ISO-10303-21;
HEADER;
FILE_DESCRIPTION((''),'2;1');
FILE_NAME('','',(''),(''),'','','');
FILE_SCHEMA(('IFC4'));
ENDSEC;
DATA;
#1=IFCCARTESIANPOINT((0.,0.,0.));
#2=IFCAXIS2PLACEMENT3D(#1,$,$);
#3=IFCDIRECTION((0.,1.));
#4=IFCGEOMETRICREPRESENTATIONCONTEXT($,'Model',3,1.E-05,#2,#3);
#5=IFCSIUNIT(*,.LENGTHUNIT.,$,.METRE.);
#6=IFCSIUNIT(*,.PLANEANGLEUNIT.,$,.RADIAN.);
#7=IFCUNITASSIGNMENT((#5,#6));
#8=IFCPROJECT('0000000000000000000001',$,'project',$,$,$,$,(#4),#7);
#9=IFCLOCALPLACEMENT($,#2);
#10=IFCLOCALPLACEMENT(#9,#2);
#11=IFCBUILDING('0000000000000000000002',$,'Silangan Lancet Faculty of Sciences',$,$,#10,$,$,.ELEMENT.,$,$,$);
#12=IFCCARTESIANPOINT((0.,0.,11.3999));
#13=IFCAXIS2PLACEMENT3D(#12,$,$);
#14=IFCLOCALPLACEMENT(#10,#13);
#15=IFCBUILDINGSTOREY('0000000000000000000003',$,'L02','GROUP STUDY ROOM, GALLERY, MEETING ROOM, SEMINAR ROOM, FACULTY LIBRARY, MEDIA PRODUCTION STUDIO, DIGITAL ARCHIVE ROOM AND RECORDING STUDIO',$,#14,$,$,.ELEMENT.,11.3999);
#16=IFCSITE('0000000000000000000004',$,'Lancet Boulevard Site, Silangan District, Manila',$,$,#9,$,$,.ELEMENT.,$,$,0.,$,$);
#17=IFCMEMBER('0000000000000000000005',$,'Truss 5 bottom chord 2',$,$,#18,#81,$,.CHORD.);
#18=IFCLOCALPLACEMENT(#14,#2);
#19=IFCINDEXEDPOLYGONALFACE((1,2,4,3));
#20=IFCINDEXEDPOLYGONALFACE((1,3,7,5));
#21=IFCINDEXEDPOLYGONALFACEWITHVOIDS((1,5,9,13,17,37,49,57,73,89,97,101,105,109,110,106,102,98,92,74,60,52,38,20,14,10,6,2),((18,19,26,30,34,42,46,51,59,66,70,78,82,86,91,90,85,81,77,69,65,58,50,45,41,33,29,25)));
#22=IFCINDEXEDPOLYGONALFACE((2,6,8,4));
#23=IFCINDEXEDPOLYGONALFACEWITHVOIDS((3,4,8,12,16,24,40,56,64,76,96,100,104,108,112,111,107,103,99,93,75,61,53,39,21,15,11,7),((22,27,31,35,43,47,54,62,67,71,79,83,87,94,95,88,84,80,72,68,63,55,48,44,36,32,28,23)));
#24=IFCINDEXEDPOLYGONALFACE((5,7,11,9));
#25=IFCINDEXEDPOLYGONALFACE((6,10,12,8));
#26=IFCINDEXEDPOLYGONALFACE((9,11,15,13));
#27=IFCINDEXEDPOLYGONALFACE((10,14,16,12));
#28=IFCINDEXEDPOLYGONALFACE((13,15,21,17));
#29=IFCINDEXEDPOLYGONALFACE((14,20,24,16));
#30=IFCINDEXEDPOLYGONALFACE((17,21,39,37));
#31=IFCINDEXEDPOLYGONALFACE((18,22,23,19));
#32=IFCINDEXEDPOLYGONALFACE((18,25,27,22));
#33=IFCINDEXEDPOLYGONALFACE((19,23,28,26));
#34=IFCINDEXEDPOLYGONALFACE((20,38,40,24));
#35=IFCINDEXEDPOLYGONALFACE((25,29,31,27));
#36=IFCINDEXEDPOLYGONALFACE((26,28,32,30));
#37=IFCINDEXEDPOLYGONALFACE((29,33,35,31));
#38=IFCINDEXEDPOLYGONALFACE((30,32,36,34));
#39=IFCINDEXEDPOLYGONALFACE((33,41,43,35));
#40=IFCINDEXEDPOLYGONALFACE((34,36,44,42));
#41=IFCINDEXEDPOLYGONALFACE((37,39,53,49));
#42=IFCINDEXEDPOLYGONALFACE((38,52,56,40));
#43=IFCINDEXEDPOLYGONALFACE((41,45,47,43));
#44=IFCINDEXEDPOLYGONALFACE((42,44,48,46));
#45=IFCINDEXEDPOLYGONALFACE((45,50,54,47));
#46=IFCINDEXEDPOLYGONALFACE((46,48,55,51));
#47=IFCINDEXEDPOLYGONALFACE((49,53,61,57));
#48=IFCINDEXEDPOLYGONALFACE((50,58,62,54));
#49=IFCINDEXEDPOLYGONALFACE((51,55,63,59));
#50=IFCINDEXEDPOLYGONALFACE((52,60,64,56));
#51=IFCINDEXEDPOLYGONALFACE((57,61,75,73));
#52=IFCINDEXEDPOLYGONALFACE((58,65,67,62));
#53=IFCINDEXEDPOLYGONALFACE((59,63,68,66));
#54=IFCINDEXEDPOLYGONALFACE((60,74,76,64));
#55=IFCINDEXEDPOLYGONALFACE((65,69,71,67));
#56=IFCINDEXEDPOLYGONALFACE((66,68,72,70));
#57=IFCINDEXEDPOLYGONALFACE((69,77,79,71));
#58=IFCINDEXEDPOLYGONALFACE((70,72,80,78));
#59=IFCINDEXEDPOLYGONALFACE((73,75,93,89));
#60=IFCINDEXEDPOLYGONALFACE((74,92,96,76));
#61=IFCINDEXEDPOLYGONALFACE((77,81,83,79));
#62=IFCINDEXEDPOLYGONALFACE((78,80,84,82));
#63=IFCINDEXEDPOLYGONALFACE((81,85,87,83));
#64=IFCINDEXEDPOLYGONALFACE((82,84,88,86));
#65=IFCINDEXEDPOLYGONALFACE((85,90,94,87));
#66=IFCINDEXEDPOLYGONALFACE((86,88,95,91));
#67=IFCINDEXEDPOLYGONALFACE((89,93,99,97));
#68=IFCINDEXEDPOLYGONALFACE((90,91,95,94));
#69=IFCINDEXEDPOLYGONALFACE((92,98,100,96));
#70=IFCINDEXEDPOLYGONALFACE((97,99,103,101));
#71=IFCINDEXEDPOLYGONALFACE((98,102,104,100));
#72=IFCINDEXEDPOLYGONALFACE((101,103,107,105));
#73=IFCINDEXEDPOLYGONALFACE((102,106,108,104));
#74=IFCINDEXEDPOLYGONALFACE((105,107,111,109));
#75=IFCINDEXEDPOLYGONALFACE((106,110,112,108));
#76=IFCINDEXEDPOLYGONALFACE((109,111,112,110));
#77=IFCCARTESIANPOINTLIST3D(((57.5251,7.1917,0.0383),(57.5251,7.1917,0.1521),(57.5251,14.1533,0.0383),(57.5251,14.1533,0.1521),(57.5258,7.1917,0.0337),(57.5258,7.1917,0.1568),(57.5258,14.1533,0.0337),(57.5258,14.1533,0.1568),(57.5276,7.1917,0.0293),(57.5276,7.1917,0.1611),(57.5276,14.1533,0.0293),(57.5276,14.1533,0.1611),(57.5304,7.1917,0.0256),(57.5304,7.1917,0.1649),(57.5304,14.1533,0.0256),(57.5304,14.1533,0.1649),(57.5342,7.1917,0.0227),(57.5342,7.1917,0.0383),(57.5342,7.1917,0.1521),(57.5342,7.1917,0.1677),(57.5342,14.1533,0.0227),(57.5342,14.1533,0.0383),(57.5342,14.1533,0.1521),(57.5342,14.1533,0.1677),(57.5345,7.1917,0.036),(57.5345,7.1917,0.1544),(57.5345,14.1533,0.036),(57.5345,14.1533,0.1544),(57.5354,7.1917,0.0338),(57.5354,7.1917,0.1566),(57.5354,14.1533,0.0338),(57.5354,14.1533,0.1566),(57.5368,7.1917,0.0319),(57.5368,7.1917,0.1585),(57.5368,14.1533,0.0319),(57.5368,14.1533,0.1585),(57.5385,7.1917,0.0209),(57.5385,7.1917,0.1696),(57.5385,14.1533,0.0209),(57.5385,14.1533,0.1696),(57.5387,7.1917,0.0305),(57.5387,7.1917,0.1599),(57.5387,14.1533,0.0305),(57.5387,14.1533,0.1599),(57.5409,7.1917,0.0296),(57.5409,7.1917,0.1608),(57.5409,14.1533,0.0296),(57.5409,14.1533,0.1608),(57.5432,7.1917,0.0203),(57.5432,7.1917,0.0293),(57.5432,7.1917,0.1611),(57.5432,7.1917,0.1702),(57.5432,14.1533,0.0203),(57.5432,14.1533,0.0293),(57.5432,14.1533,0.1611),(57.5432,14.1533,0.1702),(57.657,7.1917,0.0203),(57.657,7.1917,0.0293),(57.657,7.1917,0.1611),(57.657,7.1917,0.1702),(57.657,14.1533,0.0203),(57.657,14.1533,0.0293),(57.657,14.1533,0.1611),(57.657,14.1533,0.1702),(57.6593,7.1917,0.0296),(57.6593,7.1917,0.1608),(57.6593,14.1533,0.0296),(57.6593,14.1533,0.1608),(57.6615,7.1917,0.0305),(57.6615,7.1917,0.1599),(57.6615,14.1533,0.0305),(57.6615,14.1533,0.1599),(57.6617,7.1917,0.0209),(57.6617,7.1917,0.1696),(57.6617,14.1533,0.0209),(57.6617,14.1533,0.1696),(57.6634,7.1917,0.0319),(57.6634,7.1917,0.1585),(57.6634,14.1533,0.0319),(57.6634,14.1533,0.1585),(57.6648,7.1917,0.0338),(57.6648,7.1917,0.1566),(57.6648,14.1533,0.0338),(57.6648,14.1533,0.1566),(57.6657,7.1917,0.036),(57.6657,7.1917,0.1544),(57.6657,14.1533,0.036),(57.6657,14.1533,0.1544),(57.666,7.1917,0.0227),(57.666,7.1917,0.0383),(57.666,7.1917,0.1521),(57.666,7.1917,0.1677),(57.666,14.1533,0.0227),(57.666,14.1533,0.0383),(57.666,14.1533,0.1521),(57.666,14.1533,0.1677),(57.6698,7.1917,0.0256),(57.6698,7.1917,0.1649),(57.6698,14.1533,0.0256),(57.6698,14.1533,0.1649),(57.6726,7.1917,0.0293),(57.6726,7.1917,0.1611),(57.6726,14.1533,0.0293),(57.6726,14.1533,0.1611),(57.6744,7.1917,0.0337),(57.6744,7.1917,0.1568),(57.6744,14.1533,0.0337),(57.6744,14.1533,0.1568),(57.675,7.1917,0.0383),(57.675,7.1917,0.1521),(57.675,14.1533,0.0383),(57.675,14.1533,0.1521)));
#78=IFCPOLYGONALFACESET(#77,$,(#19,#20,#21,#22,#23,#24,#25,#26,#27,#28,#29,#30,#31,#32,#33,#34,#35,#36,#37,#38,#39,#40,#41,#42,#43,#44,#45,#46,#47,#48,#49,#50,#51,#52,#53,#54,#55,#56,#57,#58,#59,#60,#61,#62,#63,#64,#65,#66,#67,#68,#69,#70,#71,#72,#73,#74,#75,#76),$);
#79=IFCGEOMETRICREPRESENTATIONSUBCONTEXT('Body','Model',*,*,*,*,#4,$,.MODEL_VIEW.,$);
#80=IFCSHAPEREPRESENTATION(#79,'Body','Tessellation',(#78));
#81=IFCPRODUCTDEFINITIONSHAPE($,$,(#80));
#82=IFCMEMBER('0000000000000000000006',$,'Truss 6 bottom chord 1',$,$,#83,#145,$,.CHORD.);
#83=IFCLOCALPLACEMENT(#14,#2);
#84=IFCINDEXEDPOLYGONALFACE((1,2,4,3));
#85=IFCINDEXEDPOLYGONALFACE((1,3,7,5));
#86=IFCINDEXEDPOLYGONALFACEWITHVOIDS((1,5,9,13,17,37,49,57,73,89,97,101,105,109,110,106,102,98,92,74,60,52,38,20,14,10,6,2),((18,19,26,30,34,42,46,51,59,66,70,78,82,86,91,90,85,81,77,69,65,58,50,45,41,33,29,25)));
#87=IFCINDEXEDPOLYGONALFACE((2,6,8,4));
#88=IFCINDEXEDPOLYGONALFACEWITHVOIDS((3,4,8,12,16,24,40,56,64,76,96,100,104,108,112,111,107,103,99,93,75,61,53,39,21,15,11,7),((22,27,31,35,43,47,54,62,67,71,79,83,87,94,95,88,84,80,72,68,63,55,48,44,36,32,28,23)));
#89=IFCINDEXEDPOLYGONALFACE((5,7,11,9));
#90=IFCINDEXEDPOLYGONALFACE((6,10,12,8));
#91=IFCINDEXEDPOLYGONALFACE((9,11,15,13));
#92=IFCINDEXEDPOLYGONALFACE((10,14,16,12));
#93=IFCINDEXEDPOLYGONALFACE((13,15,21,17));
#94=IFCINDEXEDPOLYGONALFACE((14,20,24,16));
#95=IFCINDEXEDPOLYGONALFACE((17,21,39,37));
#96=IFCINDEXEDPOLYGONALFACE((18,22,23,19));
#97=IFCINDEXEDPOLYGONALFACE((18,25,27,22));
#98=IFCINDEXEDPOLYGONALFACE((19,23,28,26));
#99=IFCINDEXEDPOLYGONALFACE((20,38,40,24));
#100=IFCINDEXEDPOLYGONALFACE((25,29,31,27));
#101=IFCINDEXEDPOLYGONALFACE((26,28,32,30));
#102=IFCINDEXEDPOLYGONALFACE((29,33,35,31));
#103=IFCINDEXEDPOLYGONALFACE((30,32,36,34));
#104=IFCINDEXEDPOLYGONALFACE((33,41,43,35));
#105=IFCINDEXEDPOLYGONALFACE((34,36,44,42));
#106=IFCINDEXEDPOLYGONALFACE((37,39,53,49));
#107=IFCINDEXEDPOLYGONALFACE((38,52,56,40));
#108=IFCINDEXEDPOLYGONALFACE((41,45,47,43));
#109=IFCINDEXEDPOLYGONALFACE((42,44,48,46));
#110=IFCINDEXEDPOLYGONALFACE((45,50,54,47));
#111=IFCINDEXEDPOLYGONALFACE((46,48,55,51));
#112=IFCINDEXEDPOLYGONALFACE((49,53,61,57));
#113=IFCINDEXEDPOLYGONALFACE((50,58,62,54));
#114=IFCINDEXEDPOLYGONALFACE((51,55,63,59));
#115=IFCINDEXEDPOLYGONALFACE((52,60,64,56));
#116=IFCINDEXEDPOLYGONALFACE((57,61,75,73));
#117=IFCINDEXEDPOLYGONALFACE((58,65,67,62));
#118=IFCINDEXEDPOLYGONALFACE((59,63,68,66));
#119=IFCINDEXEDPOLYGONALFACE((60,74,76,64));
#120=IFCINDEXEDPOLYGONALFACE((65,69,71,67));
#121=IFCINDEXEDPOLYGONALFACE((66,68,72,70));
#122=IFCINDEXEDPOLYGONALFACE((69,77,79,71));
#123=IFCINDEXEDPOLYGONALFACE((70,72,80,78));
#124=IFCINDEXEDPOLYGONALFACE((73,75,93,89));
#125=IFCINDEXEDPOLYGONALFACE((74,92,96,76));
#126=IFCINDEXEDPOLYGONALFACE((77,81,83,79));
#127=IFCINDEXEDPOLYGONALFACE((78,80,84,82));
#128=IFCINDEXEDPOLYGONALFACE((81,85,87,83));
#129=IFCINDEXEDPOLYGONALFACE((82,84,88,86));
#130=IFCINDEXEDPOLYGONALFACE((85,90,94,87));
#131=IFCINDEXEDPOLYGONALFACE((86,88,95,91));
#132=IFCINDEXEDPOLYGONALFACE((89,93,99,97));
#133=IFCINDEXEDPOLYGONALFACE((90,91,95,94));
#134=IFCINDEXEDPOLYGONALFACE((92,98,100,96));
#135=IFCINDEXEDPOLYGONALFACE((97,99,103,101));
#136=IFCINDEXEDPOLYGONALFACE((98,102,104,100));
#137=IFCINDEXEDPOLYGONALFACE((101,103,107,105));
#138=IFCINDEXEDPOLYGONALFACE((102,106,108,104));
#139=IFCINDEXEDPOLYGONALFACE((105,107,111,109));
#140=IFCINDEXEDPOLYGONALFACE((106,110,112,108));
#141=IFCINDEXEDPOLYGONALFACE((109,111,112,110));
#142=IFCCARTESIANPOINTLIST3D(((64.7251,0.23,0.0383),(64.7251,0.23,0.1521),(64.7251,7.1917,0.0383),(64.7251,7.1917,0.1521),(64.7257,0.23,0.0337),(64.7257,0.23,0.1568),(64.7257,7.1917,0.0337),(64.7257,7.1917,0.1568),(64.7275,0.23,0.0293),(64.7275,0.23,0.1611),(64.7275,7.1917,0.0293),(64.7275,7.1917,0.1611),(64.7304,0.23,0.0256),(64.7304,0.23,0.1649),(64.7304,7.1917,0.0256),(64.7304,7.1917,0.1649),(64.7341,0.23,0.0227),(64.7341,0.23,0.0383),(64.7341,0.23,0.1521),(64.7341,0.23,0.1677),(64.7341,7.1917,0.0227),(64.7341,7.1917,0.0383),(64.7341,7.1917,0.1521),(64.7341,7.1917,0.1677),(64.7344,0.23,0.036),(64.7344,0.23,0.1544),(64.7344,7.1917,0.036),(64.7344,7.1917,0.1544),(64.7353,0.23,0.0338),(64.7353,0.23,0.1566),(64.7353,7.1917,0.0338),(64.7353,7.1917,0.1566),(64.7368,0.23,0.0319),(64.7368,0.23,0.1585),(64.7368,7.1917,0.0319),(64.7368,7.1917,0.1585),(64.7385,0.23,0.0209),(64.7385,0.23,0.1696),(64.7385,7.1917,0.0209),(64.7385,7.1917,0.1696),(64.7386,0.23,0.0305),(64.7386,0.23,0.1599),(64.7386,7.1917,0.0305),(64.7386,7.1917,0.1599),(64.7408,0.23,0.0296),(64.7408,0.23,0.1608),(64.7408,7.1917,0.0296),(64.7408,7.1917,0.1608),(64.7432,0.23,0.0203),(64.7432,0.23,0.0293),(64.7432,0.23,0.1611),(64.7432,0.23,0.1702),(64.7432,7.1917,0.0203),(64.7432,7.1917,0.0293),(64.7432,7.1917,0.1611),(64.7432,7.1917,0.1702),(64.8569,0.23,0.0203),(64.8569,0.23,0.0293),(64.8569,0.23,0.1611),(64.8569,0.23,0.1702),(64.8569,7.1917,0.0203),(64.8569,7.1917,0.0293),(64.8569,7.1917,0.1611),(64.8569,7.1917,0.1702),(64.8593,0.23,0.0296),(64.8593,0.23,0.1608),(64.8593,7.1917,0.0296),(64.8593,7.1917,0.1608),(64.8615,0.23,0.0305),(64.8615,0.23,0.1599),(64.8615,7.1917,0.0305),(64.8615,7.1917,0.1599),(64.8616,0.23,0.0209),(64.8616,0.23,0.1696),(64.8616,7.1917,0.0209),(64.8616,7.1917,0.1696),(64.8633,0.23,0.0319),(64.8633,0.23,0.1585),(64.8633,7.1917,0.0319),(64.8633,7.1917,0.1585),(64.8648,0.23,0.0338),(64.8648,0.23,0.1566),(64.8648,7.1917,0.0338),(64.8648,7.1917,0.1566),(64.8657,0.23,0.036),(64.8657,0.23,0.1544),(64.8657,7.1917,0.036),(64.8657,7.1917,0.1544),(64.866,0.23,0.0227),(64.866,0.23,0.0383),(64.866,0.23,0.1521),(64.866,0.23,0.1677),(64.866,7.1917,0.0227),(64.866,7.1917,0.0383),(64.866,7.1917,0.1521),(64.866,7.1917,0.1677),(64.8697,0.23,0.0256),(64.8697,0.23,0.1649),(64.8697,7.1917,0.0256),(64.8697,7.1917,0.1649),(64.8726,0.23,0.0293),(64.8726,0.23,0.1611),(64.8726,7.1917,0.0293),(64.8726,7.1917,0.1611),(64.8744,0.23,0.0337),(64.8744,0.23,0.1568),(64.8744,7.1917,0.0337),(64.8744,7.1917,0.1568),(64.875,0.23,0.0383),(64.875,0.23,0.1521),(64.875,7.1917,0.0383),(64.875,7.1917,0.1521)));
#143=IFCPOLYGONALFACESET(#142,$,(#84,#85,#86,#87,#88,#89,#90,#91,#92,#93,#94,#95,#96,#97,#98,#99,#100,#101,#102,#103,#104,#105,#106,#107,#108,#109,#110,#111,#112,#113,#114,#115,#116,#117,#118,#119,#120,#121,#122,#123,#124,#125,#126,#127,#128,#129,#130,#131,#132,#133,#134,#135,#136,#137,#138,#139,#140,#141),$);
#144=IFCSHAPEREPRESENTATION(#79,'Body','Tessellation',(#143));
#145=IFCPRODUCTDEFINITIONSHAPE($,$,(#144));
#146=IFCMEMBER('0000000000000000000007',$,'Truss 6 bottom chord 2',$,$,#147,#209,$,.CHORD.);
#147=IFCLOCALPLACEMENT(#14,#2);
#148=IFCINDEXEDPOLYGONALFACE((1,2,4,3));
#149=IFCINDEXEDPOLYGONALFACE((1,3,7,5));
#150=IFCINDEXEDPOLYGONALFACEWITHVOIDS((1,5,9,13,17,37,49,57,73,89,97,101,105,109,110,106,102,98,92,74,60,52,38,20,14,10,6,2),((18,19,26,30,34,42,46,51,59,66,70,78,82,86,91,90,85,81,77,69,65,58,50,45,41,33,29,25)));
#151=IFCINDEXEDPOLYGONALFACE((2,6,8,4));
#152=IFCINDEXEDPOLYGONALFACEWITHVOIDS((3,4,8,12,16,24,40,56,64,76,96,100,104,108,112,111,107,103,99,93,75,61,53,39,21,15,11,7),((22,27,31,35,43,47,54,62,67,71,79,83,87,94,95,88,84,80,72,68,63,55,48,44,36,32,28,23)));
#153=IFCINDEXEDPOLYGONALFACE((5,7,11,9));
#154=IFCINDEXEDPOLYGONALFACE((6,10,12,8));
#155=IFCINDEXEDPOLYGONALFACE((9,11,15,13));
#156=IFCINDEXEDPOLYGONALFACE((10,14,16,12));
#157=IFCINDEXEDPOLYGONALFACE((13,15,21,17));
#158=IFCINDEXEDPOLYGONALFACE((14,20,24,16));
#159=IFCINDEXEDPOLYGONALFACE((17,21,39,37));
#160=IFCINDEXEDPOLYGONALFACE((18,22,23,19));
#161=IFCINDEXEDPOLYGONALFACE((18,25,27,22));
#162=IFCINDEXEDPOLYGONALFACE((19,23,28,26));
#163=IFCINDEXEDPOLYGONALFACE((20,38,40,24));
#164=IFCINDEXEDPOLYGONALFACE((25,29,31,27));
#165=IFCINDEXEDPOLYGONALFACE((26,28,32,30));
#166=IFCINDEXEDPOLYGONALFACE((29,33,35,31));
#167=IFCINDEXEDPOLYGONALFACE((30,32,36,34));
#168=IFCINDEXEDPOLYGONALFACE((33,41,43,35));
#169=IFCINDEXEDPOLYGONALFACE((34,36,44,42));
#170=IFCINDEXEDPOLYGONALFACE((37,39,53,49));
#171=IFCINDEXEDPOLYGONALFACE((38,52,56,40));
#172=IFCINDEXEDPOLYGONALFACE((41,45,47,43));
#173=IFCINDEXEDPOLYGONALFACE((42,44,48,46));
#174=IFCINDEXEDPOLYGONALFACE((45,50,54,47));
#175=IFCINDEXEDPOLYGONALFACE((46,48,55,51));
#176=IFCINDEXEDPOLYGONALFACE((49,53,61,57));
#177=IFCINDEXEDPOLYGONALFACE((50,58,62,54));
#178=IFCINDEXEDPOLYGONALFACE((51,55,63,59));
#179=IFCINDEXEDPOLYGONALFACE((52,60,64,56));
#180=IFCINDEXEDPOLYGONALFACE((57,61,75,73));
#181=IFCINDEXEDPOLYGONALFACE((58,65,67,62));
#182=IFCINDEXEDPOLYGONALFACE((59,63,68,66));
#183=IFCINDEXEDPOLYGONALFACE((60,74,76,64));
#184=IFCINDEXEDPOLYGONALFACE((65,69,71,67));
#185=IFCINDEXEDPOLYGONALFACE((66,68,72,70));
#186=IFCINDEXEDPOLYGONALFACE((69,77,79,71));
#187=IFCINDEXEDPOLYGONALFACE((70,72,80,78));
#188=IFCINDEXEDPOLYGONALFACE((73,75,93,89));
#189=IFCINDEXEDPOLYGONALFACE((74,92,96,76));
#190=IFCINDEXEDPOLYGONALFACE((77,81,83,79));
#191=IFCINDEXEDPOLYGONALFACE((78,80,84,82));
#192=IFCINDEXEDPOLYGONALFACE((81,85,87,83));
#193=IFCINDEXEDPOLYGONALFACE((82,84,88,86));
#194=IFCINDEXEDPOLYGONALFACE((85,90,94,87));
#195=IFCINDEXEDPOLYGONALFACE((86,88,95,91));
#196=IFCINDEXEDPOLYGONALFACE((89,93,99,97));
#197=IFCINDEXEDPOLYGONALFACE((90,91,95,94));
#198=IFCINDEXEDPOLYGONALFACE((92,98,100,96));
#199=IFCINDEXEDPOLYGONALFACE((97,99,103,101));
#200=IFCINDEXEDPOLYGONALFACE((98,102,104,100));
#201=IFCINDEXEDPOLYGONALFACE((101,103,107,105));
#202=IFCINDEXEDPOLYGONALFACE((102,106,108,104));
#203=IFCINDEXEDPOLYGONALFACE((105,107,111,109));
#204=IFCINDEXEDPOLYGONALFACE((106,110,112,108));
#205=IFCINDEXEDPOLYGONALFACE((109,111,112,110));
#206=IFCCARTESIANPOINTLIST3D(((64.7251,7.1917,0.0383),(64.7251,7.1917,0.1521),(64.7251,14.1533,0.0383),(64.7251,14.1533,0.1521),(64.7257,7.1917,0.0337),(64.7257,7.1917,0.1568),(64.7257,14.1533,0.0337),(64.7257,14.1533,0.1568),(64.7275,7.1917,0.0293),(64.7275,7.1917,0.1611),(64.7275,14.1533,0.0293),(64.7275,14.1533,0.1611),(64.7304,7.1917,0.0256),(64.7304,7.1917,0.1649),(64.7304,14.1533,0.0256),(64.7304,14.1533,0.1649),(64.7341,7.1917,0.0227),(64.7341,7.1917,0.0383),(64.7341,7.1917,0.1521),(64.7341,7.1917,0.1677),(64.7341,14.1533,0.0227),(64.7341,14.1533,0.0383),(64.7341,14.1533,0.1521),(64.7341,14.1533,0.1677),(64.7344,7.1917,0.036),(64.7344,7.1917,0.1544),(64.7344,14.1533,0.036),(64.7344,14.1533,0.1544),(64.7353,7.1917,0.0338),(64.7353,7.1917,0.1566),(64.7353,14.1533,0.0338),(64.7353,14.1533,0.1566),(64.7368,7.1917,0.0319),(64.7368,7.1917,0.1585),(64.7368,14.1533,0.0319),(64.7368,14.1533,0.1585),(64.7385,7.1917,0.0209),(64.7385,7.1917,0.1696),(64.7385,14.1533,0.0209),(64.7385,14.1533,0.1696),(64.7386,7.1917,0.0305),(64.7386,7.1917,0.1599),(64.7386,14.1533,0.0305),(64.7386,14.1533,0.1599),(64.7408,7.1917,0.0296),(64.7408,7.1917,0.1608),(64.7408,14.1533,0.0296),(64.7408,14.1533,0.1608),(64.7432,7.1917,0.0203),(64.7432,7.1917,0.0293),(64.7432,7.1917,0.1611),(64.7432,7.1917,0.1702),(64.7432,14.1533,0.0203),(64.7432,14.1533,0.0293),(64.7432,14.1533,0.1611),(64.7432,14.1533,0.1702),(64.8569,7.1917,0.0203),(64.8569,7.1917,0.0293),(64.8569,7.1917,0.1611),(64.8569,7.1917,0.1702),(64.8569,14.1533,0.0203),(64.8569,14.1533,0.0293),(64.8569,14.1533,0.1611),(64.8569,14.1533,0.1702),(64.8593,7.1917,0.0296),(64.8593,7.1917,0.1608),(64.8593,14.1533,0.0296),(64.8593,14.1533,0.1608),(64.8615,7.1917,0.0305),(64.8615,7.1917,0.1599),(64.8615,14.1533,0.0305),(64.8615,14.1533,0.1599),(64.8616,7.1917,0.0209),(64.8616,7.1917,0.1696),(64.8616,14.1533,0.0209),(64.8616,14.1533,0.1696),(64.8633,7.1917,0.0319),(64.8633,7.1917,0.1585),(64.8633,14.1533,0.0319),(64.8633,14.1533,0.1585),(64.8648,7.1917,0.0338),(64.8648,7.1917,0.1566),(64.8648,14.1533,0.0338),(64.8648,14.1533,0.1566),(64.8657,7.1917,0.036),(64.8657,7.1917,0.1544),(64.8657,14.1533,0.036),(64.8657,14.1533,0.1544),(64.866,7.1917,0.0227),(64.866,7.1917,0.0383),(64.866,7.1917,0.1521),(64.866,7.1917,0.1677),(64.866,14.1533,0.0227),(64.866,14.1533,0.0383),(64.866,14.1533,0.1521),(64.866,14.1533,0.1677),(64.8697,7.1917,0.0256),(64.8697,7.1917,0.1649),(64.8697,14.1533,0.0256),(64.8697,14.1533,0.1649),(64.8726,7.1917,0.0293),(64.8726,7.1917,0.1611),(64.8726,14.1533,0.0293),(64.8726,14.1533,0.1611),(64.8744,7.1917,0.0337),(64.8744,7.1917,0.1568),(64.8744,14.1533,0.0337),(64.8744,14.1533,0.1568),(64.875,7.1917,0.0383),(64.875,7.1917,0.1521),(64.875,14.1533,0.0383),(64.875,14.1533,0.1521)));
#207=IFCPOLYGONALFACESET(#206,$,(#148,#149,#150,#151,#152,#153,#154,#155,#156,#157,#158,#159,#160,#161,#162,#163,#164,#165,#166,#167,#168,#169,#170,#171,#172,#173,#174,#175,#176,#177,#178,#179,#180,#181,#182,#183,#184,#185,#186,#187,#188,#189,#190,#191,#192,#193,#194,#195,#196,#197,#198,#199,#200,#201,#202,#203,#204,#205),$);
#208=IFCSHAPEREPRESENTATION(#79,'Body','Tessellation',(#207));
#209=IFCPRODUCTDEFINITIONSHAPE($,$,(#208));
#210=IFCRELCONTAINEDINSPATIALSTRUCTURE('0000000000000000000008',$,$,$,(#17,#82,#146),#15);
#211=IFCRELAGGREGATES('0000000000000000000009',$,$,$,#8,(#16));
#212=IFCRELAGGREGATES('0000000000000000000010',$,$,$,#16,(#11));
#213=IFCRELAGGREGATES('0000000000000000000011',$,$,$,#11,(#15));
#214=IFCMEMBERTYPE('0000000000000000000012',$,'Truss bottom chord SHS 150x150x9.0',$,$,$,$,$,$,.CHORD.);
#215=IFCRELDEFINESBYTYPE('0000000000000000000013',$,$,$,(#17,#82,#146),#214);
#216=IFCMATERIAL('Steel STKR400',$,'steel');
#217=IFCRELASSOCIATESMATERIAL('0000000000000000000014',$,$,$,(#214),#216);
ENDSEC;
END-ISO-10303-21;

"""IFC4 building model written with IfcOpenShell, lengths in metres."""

from ifc_helpers import new_model, si_unit, direction, frame, origin, origin_2d, place, context, subcontext, project, spatial, hollow_rectangle, extrude, material, material_profile, profile_set, type_object, element, save


model = new_model("IFC4")

# Units and contexts
model_context = context("Model", 3, precision=1e-05, world=origin(), true_north=direction((0.0, 1.0)))
body_context = subcontext(model_context, "Body", "Model", "MODEL_VIEW")
ifc_project = project(units=[si_unit("LENGTHUNIT", "METRE"), si_unit("PLANEANGLEUNIT", "RADIAN")], contexts=[model_context])

# Site, building, storey
site_placement = place(None, origin())
site = spatial("IfcSite", under=ifc_project, at=site_placement, Name="Lancet Boulevard Site, Silangan District, Manila", CompositionType="ELEMENT", RefElevation=0.0)
building_placement = place(site_placement, origin())
building = spatial("IfcBuilding", under=site, at=building_placement, Name="Silangan Lancet Faculty of Sciences", CompositionType="ELEMENT")
storey_placement = place(building_placement, frame((0.0, 0.0, 11.3999)))
storey = spatial("IfcBuildingStorey", under=building, at=storey_placement, Name="L02", Description="GROUP STUDY ROOM, GALLERY, MEETING ROOM, SEMINAR ROOM, FACULTY LIBRARY, MEDIA PRODUCTION STUDIO, DIGITAL ARCHIVE ROOM AND RECORDING STUDIO", CompositionType="ELEMENT", Elevation=11.3999)

# Members
ifc_material_1 = material(Name="Steel STKR400", Category="steel")
ifc_material_profile_1 = material_profile(ifc_material_1, hollow_rectangle(XDim=0.1499, YDim=0.1499, WallThickness=0.009, InnerFilletRadius=0.009, OuterFilletRadius=0.0181, at=origin_2d()), Name="SHS 150x150x9.0")
ifc_profile_set_1 = profile_set([ifc_material_profile_1], Name="Steel STKR400")
member_type_1 = type_object("IfcMemberType", Name="Truss bottom chord SHS 150x150x9.0", PredefinedType="CHORD", material=ifc_profile_set_1)
for number, where, z_axis, x_axis, name in (
    (1, (57.6001, 7.1917, 0.0952), (0.0, 1.0, 0.0), (-1.0, 0.0, 0.0), "Truss 5 bottom chord 2"),
    (2, (64.8, 0.23, 0.0952), (0.0, 1.0, 0.0), (-1.0, 0.0, 0.0), "Truss 6 bottom chord 1"),
    (3, (64.8, 7.1917, 0.0952), (0.0, 1.0, 0.0), (-1.0, 0.0, 0.0), "Truss 6 bottom chord 2"),
):
    element("IfcMember", number, at=place(storey_placement, frame(where, z_axis=z_axis, x_axis=x_axis)), inside=storey, type_object=member_type_1, Name=name, PredefinedType="CHORD", context=body_context, shape_type="SweptSolid", body=[
        extrude(hollow_rectangle(XDim=0.1499, YDim=0.1499, WallThickness=0.009, InnerFilletRadius=0.009, OuterFilletRadius=0.0181, at=origin_2d()), origin(), (0.0, 0.0, 1.0), 6.9617),
    ])

save(model, "model.ifc")
